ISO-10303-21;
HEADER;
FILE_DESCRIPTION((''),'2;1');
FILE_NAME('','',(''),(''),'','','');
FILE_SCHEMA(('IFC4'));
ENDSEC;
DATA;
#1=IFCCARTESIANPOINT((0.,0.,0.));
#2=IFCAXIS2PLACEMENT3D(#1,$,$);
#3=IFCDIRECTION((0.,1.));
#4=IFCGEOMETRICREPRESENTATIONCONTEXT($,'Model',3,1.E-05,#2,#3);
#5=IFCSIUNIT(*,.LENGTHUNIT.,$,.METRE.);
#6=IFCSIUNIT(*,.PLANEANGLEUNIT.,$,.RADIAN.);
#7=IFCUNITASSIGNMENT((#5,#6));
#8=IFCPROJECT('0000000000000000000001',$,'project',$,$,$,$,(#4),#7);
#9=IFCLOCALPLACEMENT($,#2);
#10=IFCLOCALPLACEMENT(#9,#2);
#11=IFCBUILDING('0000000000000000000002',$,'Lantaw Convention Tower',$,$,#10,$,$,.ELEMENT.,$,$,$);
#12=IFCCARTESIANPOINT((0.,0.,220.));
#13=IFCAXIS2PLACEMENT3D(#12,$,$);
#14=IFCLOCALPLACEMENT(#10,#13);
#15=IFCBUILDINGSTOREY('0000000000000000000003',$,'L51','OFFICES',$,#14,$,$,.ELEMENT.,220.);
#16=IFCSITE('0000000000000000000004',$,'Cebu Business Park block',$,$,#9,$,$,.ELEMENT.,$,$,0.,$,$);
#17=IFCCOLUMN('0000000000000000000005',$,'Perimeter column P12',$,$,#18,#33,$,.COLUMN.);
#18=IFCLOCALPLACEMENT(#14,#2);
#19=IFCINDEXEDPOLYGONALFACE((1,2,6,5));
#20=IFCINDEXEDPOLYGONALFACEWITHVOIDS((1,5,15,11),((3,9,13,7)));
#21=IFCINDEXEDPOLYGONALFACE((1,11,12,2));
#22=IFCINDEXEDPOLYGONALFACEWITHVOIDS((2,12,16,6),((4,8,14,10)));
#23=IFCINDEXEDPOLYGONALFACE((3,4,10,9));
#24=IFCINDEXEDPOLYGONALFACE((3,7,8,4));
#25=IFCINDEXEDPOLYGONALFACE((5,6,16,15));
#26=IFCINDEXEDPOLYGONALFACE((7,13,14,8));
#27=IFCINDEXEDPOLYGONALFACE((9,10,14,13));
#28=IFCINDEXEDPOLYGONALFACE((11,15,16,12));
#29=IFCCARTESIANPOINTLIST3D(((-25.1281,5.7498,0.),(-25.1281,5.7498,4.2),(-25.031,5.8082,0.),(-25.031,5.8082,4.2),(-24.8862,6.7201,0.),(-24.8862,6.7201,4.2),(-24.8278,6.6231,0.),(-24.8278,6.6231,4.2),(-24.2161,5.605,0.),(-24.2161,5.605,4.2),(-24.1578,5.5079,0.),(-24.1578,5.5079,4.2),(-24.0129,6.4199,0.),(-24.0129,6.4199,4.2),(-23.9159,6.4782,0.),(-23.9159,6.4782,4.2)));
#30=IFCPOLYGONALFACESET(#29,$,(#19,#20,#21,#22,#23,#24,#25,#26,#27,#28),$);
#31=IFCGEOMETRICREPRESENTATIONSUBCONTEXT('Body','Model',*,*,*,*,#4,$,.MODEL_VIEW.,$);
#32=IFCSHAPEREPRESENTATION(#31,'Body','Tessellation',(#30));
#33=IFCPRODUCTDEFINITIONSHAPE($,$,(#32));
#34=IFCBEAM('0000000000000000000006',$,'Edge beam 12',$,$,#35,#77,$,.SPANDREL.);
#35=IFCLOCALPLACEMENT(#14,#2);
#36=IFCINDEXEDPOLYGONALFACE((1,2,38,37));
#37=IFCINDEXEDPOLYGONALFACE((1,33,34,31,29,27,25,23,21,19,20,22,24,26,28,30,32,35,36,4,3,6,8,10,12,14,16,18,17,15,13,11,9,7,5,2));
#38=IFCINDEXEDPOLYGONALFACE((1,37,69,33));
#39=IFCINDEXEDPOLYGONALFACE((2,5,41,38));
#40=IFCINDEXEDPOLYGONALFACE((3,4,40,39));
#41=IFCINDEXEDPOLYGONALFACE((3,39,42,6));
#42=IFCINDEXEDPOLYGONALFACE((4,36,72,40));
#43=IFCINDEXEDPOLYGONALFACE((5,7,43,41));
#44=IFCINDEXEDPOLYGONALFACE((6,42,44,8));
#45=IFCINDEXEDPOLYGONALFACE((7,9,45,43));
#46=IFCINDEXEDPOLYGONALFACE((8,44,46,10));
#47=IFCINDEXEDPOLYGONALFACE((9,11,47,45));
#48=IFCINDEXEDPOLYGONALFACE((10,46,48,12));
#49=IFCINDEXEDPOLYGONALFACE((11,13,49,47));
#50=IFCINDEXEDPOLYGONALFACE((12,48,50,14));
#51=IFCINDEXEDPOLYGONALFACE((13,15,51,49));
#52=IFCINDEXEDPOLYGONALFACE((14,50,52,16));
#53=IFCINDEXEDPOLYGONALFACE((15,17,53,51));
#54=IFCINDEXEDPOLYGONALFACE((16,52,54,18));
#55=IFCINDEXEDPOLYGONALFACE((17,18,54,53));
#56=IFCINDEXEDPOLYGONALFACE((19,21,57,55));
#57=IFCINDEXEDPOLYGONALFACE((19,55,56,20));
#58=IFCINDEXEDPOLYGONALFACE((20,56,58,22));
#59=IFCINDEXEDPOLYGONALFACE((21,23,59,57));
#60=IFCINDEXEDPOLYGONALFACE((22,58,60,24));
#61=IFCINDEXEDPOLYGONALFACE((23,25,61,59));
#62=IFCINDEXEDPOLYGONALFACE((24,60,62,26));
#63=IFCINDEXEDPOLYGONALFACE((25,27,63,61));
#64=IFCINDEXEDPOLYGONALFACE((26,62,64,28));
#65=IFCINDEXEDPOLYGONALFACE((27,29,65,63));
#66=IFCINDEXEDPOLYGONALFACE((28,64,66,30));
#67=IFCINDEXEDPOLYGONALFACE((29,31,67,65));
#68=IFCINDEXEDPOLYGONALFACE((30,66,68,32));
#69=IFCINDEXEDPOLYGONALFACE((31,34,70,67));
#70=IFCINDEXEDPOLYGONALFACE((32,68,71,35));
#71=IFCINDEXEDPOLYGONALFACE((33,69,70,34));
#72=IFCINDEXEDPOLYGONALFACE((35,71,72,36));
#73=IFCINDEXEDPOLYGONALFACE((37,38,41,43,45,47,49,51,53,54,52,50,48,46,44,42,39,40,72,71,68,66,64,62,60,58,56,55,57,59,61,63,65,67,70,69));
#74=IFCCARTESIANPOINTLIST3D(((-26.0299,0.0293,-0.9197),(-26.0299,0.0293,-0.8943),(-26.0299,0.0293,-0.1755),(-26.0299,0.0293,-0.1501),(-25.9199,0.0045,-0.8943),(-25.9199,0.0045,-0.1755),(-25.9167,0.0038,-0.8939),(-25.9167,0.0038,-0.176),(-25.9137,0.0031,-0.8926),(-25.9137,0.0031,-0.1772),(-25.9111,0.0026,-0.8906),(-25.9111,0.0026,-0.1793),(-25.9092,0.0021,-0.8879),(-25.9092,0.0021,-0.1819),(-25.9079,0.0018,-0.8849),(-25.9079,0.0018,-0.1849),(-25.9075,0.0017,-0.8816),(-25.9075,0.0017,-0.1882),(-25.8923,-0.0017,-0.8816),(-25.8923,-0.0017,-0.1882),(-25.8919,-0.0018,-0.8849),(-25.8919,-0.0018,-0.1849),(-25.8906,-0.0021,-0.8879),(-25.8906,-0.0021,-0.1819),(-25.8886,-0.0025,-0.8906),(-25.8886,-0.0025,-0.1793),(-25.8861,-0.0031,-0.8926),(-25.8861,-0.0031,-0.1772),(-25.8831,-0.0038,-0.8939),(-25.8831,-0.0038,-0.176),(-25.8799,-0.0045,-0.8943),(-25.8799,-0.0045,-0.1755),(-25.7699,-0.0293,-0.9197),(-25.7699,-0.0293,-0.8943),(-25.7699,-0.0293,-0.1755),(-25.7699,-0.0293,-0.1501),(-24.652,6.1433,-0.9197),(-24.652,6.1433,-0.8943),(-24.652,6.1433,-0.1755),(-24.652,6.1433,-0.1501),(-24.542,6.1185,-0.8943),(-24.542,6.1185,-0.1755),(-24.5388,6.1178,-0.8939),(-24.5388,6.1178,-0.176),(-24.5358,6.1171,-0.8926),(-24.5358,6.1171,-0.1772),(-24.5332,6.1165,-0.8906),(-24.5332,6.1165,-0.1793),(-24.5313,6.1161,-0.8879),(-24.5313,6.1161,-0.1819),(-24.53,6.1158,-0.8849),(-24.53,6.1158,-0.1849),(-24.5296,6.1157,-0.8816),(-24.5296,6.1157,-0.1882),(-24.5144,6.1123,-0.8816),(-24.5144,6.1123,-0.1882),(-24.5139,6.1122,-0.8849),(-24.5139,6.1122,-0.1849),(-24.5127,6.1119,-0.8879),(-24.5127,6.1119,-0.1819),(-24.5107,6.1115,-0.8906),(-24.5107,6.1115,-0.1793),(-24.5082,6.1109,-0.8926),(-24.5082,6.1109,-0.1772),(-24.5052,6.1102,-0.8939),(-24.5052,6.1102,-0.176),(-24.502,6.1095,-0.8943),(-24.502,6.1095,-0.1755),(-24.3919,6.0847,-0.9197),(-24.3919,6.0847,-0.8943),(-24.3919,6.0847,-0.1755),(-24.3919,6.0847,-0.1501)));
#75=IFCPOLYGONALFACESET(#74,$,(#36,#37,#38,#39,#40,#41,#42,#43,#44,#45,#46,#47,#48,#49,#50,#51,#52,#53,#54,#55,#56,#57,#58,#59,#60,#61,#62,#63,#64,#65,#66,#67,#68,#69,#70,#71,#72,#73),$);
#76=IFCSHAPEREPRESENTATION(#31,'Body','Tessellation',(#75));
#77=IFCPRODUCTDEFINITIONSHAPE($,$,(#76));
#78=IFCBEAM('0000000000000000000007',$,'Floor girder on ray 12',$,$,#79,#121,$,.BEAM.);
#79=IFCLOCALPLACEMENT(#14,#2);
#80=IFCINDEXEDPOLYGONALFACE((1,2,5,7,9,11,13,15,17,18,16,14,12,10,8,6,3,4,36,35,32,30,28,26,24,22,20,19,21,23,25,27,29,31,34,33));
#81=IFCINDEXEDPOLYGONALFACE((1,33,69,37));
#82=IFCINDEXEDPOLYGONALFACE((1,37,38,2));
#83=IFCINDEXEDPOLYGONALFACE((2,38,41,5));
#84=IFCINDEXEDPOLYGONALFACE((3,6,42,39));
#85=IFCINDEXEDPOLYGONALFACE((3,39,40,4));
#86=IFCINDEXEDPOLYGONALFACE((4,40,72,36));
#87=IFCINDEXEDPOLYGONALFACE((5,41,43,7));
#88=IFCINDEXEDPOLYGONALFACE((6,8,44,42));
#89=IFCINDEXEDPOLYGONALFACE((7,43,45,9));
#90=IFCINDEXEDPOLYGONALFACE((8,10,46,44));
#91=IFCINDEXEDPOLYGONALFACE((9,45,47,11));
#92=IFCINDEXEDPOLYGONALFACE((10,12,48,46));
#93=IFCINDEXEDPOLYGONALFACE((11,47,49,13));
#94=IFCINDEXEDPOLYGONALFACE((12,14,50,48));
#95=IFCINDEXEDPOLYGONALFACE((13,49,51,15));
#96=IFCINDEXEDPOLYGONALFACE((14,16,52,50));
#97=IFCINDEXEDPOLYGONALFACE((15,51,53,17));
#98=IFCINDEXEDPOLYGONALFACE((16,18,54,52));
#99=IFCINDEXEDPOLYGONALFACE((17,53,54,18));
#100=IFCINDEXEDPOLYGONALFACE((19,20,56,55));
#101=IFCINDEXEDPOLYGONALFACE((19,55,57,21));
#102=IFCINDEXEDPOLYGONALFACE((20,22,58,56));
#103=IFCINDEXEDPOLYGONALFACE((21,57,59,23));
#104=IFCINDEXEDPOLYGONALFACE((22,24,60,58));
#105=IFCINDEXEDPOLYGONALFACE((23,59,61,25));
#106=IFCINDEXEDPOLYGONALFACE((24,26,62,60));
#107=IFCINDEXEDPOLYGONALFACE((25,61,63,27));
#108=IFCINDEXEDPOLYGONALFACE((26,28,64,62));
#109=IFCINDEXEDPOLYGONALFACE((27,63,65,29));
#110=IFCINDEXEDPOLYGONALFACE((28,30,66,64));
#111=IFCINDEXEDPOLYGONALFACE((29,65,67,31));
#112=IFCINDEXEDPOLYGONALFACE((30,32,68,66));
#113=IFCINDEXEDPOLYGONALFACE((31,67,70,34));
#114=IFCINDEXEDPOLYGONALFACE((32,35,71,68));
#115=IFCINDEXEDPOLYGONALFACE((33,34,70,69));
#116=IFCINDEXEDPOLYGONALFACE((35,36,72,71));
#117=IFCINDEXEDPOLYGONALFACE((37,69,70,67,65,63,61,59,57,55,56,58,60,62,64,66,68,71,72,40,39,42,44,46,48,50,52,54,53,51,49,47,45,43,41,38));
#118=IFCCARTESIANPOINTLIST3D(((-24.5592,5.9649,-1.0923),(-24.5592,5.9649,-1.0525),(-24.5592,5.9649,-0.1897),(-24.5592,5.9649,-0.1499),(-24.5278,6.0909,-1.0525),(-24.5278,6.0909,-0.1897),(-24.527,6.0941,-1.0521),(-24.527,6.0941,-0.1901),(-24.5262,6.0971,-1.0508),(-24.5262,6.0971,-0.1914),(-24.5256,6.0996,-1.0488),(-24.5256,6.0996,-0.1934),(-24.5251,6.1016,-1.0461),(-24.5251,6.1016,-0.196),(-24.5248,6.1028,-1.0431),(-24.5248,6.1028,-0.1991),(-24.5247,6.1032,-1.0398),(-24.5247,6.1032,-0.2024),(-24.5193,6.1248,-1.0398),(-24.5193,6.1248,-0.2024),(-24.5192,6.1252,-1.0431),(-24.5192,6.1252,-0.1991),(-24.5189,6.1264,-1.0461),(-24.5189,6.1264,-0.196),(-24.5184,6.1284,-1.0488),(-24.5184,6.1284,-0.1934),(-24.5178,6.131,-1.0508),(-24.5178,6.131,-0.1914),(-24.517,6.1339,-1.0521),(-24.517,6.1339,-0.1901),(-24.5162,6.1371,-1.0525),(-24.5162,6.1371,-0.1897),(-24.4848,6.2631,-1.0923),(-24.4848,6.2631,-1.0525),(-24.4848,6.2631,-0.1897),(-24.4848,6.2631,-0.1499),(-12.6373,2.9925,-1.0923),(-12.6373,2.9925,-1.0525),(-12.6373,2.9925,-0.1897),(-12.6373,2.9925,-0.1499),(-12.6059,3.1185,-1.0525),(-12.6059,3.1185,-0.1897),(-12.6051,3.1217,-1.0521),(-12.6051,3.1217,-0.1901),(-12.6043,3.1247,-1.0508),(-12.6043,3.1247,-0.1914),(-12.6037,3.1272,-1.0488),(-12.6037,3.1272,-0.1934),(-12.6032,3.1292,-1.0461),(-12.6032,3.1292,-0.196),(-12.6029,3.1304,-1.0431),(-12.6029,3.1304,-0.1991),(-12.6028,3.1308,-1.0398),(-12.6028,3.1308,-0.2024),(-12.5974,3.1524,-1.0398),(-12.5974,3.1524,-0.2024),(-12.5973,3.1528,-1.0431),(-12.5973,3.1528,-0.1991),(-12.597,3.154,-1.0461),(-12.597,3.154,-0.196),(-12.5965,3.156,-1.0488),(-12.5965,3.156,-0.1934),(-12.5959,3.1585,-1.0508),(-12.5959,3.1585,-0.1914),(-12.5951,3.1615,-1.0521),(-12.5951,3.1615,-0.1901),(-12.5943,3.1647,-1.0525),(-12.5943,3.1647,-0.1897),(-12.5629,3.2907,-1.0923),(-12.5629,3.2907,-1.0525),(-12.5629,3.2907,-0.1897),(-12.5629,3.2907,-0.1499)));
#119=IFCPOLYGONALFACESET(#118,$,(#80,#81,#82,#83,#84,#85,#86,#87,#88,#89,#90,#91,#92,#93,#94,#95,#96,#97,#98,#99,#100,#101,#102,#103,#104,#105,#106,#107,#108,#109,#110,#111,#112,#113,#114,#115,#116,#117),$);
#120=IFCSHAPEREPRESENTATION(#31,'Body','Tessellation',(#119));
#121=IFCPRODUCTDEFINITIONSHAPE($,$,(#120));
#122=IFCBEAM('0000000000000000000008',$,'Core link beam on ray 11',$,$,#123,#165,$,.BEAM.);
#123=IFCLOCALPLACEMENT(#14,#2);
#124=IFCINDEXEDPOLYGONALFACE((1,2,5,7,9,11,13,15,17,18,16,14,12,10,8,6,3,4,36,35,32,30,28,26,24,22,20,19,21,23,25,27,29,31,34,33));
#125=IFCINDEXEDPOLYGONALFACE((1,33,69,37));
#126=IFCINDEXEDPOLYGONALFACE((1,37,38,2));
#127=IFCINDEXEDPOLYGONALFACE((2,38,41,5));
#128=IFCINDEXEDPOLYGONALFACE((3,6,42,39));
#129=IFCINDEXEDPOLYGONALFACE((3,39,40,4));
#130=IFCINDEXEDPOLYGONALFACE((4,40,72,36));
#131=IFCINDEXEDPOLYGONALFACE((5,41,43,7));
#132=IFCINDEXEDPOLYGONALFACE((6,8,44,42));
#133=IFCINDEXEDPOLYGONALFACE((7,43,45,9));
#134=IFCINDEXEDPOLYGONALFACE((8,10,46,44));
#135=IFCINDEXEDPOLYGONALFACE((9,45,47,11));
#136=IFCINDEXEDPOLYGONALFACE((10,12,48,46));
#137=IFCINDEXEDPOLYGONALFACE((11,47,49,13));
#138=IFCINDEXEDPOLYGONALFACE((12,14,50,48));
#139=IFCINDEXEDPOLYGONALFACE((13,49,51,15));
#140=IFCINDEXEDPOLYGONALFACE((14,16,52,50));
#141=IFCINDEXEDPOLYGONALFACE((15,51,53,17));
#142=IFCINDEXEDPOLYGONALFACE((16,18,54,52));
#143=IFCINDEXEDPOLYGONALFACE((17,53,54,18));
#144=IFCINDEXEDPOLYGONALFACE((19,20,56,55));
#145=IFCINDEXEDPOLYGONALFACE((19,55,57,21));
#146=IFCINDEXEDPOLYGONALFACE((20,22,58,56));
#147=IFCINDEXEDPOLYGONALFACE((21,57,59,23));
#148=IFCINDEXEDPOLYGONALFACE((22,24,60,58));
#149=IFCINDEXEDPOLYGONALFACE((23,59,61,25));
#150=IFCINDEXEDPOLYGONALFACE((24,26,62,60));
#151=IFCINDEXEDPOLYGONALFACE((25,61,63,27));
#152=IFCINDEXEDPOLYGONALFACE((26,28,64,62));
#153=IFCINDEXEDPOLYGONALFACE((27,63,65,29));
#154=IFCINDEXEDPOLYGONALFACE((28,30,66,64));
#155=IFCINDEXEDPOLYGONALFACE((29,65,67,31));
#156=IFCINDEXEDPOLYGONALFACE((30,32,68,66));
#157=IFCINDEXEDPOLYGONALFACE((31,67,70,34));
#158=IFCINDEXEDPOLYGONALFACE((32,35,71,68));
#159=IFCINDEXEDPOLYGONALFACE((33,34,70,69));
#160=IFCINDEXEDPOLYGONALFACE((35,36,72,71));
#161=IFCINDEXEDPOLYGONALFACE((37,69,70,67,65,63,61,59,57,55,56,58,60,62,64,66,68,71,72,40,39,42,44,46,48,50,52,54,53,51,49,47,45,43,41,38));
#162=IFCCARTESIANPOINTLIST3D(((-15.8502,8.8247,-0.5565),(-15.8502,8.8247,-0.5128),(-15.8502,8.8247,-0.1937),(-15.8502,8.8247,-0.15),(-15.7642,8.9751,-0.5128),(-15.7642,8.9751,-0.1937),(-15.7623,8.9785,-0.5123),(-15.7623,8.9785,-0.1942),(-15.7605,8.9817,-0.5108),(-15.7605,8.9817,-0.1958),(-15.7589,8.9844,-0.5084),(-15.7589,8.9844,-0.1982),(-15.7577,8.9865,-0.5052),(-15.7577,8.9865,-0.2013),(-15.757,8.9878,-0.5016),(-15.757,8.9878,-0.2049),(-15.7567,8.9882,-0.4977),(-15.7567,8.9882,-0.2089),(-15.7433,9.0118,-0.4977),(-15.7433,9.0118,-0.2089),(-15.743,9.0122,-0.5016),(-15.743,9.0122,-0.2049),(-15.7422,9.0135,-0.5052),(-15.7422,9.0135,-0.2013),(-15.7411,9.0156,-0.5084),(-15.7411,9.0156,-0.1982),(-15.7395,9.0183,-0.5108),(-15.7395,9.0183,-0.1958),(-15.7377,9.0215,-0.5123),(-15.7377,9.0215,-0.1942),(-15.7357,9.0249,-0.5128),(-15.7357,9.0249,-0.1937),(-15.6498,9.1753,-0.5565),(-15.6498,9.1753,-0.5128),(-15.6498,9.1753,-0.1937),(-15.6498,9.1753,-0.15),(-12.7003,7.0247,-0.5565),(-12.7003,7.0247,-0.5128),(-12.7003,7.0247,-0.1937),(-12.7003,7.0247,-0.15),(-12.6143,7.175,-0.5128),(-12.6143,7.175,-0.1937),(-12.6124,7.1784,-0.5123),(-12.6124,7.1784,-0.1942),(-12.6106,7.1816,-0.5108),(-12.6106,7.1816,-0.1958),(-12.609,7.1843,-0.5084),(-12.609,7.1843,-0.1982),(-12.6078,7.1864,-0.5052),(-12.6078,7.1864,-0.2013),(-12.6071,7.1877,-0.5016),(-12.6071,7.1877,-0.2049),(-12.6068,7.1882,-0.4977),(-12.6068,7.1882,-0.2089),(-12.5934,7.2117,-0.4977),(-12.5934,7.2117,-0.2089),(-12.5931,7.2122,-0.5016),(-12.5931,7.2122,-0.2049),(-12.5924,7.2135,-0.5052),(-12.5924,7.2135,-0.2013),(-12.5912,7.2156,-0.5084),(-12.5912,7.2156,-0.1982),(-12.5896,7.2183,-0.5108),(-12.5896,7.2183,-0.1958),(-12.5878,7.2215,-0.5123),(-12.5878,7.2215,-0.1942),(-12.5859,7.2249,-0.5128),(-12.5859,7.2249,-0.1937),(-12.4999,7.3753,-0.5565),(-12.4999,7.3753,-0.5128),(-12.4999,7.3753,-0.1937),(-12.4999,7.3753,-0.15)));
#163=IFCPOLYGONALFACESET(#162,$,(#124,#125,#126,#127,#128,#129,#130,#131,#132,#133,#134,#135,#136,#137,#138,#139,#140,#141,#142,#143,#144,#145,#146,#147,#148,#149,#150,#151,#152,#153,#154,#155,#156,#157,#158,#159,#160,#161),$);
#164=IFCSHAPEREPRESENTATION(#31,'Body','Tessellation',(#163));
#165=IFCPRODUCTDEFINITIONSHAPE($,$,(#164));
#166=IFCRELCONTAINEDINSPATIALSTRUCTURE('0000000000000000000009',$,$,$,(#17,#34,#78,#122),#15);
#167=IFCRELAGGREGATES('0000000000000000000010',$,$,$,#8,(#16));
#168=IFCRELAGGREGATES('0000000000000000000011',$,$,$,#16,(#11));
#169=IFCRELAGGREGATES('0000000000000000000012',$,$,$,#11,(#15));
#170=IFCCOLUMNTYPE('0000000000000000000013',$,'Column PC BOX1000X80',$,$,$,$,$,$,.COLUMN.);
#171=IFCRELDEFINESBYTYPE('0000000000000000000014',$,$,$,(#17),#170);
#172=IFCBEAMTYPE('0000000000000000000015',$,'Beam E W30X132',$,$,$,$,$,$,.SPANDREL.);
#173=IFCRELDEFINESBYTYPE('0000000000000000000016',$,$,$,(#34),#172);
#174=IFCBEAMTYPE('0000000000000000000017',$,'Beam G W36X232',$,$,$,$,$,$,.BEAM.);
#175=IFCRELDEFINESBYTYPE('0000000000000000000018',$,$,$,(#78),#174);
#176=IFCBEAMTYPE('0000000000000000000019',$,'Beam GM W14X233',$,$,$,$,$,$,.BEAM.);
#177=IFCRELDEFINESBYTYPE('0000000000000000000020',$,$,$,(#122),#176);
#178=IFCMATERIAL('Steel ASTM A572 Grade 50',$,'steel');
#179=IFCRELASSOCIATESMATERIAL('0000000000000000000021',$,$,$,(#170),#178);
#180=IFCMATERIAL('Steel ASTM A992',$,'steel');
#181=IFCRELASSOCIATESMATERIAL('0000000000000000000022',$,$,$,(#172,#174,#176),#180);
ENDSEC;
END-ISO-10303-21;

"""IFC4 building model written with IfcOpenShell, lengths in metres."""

from ifc_helpers import new_model, si_unit, direction, frame, origin, origin_2d, place, context, subcontext, project, spatial, rectangle, hollow_rectangle, i_section, extrude, material, material_profile, profile_set, type_object, element, save


model = new_model("IFC4")

# Units and contexts
model_context = context("Model", 3, precision=1e-05, world=origin(), true_north=direction((0.0, 1.0)))
body_context = subcontext(model_context, "Body", "Model", "MODEL_VIEW")
ifc_project = project(units=[si_unit("LENGTHUNIT", "METRE"), si_unit("PLANEANGLEUNIT", "RADIAN")], contexts=[model_context])

# Site, building, storey
site_placement = place(None, origin())
site = spatial("IfcSite", under=ifc_project, at=site_placement, Name="Cebu Business Park block", CompositionType="ELEMENT", RefElevation=0.0)
building_placement = place(site_placement, origin())
building = spatial("IfcBuilding", under=site, at=building_placement, Name="Lantaw Convention Tower", CompositionType="ELEMENT")
storey_placement = place(building_placement, frame((0.0, 0.0, 220.0)))
storey = spatial("IfcBuildingStorey", under=building, at=storey_placement, Name="L51", Description="OFFICES", CompositionType="ELEMENT", Elevation=220.0)

# Column
ifc_material_1 = material(Name="Steel ASTM A572 Grade 50", Category="steel")
ifc_material_profile_1 = material_profile(ifc_material_1, hollow_rectangle(XDim=1.0, YDim=1.0, WallThickness=0.0801, at=origin_2d()), Name="BOX1000X80")
ifc_material_2 = material(Name="Concrete C60/75", Category="concrete")
ifc_material_profile_2 = material_profile(ifc_material_2, rectangle(XDim=0.8401, YDim=0.8401, at=origin_2d()), Name="Concrete fill of BOX1000X80")
ifc_profile_set_1 = profile_set([ifc_material_profile_1, ifc_material_profile_2], Name="Steel ASTM A572 Grade 50")
column_type = type_object("IfcColumnType", Name="Column PC BOX1000X80", PredefinedType="COLUMN", material=ifc_profile_set_1)
column_placement = place(storey_placement, frame((-24.522, 6.114, 0.0), z_axis=(0.0, 0.0, 1.0), x_axis=(0.241922, 0.970296, 0.0)))
element("IfcColumn", 1, at=column_placement, inside=storey, type_object=column_type, Name="Perimeter column P12", PredefinedType="COLUMN", context=body_context, shape_type="SweptSolid", body=[
    extrude(hollow_rectangle(XDim=1.0, YDim=1.0, WallThickness=0.0801, at=origin_2d()), origin(), (0.0, 0.0, 1.0), 4.2),
])

# Beams
ifc_material_3 = material(Name="Steel ASTM A992", Category="steel")
ifc_material_profile_3 = material_profile(ifc_material_3, i_section(OverallWidth=0.2666, OverallDepth=0.7695, WebThickness=0.0156, FlangeThickness=0.0254, FilletRadius=0.0127, at=origin_2d()), Name="W30X132")
ifc_profile_set_2 = profile_set([ifc_material_profile_3], Name="Steel ASTM A992")
beam_type_1 = type_object("IfcBeamType", Name="Beam E W30X132", PredefinedType="SPANDREL", material=ifc_profile_set_2)
beam_1_placement = place(storey_placement, frame((-24.522, 6.114, -0.5349), z_axis=(-0.219858, -0.975532, 0.0), x_axis=(0.975532, -0.219858, 0.0)))
element("IfcBeam", 2, at=beam_1_placement, inside=storey, type_object=beam_type_1, Name="Edge beam 12", PredefinedType="SPANDREL", context=body_context, shape_type="SweptSolid", body=[
    extrude(i_section(OverallWidth=0.2666, OverallDepth=0.7695, WebThickness=0.0156, FlangeThickness=0.0254, FilletRadius=0.0127, at=origin_2d()), origin(), (0.0, 0.0, 1.0), 6.2673),
])
ifc_material_profile_4 = material_profile(ifc_material_3, i_section(OverallWidth=0.3074, OverallDepth=0.9424, WebThickness=0.0222, FlangeThickness=0.0398, FilletRadius=0.0127, at=origin_2d()), Name="W36X232")
ifc_profile_set_3 = profile_set([ifc_material_profile_4], Name="Steel ASTM A992")
beam_type_2 = type_object("IfcBeamType", Name="Beam G W36X232", PredefinedType="BEAM", material=ifc_profile_set_3)
beam_2_placement = place(storey_placement, frame((-12.6001, 3.1416, -0.6211), z_axis=(-0.970297, 0.241918, 0.0), x_axis=(-0.241918, -0.970297, 0.0)))
element("IfcBeam", 3, at=beam_2_placement, inside=storey, type_object=beam_type_2, Name="Floor girder on ray 12", PredefinedType="BEAM", context=body_context, shape_type="SweptSolid", body=[
    extrude(i_section(OverallWidth=0.3074, OverallDepth=0.9424, WebThickness=0.0222, FlangeThickness=0.0398, FilletRadius=0.0127, at=origin_2d()), origin(), (0.0, 0.0, 1.0), 12.2869),
])
ifc_material_profile_5 = material_profile(ifc_material_3, i_section(OverallWidth=0.4038, OverallDepth=0.4065, WebThickness=0.0271, FlangeThickness=0.0437, FilletRadius=0.0151, at=origin_2d()), Name="W14X233")
ifc_profile_set_4 = profile_set([ifc_material_profile_5], Name="Steel ASTM A992")
beam_type_3 = type_object("IfcBeamType", Name="Beam GM W14X233", PredefinedType="BEAM", material=ifc_profile_set_4)
beam_3_placement = place(storey_placement, frame((-12.6001, 7.2, -0.3533), z_axis=(-0.868231, 0.496161, 0.0), x_axis=(-0.496161, -0.868231, 0.0)))
element("IfcBeam", 4, at=beam_3_placement, inside=storey, type_object=beam_type_3, Name="Core link beam on ray 11", PredefinedType="BEAM", context=body_context, shape_type="SweptSolid", body=[
    extrude(i_section(OverallWidth=0.4038, OverallDepth=0.4065, WebThickness=0.0271, FlangeThickness=0.0437, FilletRadius=0.0151, at=origin_2d()), origin(), (0.0, 0.0, 1.0), 3.6279),
])

save(model, "model.ifc")
